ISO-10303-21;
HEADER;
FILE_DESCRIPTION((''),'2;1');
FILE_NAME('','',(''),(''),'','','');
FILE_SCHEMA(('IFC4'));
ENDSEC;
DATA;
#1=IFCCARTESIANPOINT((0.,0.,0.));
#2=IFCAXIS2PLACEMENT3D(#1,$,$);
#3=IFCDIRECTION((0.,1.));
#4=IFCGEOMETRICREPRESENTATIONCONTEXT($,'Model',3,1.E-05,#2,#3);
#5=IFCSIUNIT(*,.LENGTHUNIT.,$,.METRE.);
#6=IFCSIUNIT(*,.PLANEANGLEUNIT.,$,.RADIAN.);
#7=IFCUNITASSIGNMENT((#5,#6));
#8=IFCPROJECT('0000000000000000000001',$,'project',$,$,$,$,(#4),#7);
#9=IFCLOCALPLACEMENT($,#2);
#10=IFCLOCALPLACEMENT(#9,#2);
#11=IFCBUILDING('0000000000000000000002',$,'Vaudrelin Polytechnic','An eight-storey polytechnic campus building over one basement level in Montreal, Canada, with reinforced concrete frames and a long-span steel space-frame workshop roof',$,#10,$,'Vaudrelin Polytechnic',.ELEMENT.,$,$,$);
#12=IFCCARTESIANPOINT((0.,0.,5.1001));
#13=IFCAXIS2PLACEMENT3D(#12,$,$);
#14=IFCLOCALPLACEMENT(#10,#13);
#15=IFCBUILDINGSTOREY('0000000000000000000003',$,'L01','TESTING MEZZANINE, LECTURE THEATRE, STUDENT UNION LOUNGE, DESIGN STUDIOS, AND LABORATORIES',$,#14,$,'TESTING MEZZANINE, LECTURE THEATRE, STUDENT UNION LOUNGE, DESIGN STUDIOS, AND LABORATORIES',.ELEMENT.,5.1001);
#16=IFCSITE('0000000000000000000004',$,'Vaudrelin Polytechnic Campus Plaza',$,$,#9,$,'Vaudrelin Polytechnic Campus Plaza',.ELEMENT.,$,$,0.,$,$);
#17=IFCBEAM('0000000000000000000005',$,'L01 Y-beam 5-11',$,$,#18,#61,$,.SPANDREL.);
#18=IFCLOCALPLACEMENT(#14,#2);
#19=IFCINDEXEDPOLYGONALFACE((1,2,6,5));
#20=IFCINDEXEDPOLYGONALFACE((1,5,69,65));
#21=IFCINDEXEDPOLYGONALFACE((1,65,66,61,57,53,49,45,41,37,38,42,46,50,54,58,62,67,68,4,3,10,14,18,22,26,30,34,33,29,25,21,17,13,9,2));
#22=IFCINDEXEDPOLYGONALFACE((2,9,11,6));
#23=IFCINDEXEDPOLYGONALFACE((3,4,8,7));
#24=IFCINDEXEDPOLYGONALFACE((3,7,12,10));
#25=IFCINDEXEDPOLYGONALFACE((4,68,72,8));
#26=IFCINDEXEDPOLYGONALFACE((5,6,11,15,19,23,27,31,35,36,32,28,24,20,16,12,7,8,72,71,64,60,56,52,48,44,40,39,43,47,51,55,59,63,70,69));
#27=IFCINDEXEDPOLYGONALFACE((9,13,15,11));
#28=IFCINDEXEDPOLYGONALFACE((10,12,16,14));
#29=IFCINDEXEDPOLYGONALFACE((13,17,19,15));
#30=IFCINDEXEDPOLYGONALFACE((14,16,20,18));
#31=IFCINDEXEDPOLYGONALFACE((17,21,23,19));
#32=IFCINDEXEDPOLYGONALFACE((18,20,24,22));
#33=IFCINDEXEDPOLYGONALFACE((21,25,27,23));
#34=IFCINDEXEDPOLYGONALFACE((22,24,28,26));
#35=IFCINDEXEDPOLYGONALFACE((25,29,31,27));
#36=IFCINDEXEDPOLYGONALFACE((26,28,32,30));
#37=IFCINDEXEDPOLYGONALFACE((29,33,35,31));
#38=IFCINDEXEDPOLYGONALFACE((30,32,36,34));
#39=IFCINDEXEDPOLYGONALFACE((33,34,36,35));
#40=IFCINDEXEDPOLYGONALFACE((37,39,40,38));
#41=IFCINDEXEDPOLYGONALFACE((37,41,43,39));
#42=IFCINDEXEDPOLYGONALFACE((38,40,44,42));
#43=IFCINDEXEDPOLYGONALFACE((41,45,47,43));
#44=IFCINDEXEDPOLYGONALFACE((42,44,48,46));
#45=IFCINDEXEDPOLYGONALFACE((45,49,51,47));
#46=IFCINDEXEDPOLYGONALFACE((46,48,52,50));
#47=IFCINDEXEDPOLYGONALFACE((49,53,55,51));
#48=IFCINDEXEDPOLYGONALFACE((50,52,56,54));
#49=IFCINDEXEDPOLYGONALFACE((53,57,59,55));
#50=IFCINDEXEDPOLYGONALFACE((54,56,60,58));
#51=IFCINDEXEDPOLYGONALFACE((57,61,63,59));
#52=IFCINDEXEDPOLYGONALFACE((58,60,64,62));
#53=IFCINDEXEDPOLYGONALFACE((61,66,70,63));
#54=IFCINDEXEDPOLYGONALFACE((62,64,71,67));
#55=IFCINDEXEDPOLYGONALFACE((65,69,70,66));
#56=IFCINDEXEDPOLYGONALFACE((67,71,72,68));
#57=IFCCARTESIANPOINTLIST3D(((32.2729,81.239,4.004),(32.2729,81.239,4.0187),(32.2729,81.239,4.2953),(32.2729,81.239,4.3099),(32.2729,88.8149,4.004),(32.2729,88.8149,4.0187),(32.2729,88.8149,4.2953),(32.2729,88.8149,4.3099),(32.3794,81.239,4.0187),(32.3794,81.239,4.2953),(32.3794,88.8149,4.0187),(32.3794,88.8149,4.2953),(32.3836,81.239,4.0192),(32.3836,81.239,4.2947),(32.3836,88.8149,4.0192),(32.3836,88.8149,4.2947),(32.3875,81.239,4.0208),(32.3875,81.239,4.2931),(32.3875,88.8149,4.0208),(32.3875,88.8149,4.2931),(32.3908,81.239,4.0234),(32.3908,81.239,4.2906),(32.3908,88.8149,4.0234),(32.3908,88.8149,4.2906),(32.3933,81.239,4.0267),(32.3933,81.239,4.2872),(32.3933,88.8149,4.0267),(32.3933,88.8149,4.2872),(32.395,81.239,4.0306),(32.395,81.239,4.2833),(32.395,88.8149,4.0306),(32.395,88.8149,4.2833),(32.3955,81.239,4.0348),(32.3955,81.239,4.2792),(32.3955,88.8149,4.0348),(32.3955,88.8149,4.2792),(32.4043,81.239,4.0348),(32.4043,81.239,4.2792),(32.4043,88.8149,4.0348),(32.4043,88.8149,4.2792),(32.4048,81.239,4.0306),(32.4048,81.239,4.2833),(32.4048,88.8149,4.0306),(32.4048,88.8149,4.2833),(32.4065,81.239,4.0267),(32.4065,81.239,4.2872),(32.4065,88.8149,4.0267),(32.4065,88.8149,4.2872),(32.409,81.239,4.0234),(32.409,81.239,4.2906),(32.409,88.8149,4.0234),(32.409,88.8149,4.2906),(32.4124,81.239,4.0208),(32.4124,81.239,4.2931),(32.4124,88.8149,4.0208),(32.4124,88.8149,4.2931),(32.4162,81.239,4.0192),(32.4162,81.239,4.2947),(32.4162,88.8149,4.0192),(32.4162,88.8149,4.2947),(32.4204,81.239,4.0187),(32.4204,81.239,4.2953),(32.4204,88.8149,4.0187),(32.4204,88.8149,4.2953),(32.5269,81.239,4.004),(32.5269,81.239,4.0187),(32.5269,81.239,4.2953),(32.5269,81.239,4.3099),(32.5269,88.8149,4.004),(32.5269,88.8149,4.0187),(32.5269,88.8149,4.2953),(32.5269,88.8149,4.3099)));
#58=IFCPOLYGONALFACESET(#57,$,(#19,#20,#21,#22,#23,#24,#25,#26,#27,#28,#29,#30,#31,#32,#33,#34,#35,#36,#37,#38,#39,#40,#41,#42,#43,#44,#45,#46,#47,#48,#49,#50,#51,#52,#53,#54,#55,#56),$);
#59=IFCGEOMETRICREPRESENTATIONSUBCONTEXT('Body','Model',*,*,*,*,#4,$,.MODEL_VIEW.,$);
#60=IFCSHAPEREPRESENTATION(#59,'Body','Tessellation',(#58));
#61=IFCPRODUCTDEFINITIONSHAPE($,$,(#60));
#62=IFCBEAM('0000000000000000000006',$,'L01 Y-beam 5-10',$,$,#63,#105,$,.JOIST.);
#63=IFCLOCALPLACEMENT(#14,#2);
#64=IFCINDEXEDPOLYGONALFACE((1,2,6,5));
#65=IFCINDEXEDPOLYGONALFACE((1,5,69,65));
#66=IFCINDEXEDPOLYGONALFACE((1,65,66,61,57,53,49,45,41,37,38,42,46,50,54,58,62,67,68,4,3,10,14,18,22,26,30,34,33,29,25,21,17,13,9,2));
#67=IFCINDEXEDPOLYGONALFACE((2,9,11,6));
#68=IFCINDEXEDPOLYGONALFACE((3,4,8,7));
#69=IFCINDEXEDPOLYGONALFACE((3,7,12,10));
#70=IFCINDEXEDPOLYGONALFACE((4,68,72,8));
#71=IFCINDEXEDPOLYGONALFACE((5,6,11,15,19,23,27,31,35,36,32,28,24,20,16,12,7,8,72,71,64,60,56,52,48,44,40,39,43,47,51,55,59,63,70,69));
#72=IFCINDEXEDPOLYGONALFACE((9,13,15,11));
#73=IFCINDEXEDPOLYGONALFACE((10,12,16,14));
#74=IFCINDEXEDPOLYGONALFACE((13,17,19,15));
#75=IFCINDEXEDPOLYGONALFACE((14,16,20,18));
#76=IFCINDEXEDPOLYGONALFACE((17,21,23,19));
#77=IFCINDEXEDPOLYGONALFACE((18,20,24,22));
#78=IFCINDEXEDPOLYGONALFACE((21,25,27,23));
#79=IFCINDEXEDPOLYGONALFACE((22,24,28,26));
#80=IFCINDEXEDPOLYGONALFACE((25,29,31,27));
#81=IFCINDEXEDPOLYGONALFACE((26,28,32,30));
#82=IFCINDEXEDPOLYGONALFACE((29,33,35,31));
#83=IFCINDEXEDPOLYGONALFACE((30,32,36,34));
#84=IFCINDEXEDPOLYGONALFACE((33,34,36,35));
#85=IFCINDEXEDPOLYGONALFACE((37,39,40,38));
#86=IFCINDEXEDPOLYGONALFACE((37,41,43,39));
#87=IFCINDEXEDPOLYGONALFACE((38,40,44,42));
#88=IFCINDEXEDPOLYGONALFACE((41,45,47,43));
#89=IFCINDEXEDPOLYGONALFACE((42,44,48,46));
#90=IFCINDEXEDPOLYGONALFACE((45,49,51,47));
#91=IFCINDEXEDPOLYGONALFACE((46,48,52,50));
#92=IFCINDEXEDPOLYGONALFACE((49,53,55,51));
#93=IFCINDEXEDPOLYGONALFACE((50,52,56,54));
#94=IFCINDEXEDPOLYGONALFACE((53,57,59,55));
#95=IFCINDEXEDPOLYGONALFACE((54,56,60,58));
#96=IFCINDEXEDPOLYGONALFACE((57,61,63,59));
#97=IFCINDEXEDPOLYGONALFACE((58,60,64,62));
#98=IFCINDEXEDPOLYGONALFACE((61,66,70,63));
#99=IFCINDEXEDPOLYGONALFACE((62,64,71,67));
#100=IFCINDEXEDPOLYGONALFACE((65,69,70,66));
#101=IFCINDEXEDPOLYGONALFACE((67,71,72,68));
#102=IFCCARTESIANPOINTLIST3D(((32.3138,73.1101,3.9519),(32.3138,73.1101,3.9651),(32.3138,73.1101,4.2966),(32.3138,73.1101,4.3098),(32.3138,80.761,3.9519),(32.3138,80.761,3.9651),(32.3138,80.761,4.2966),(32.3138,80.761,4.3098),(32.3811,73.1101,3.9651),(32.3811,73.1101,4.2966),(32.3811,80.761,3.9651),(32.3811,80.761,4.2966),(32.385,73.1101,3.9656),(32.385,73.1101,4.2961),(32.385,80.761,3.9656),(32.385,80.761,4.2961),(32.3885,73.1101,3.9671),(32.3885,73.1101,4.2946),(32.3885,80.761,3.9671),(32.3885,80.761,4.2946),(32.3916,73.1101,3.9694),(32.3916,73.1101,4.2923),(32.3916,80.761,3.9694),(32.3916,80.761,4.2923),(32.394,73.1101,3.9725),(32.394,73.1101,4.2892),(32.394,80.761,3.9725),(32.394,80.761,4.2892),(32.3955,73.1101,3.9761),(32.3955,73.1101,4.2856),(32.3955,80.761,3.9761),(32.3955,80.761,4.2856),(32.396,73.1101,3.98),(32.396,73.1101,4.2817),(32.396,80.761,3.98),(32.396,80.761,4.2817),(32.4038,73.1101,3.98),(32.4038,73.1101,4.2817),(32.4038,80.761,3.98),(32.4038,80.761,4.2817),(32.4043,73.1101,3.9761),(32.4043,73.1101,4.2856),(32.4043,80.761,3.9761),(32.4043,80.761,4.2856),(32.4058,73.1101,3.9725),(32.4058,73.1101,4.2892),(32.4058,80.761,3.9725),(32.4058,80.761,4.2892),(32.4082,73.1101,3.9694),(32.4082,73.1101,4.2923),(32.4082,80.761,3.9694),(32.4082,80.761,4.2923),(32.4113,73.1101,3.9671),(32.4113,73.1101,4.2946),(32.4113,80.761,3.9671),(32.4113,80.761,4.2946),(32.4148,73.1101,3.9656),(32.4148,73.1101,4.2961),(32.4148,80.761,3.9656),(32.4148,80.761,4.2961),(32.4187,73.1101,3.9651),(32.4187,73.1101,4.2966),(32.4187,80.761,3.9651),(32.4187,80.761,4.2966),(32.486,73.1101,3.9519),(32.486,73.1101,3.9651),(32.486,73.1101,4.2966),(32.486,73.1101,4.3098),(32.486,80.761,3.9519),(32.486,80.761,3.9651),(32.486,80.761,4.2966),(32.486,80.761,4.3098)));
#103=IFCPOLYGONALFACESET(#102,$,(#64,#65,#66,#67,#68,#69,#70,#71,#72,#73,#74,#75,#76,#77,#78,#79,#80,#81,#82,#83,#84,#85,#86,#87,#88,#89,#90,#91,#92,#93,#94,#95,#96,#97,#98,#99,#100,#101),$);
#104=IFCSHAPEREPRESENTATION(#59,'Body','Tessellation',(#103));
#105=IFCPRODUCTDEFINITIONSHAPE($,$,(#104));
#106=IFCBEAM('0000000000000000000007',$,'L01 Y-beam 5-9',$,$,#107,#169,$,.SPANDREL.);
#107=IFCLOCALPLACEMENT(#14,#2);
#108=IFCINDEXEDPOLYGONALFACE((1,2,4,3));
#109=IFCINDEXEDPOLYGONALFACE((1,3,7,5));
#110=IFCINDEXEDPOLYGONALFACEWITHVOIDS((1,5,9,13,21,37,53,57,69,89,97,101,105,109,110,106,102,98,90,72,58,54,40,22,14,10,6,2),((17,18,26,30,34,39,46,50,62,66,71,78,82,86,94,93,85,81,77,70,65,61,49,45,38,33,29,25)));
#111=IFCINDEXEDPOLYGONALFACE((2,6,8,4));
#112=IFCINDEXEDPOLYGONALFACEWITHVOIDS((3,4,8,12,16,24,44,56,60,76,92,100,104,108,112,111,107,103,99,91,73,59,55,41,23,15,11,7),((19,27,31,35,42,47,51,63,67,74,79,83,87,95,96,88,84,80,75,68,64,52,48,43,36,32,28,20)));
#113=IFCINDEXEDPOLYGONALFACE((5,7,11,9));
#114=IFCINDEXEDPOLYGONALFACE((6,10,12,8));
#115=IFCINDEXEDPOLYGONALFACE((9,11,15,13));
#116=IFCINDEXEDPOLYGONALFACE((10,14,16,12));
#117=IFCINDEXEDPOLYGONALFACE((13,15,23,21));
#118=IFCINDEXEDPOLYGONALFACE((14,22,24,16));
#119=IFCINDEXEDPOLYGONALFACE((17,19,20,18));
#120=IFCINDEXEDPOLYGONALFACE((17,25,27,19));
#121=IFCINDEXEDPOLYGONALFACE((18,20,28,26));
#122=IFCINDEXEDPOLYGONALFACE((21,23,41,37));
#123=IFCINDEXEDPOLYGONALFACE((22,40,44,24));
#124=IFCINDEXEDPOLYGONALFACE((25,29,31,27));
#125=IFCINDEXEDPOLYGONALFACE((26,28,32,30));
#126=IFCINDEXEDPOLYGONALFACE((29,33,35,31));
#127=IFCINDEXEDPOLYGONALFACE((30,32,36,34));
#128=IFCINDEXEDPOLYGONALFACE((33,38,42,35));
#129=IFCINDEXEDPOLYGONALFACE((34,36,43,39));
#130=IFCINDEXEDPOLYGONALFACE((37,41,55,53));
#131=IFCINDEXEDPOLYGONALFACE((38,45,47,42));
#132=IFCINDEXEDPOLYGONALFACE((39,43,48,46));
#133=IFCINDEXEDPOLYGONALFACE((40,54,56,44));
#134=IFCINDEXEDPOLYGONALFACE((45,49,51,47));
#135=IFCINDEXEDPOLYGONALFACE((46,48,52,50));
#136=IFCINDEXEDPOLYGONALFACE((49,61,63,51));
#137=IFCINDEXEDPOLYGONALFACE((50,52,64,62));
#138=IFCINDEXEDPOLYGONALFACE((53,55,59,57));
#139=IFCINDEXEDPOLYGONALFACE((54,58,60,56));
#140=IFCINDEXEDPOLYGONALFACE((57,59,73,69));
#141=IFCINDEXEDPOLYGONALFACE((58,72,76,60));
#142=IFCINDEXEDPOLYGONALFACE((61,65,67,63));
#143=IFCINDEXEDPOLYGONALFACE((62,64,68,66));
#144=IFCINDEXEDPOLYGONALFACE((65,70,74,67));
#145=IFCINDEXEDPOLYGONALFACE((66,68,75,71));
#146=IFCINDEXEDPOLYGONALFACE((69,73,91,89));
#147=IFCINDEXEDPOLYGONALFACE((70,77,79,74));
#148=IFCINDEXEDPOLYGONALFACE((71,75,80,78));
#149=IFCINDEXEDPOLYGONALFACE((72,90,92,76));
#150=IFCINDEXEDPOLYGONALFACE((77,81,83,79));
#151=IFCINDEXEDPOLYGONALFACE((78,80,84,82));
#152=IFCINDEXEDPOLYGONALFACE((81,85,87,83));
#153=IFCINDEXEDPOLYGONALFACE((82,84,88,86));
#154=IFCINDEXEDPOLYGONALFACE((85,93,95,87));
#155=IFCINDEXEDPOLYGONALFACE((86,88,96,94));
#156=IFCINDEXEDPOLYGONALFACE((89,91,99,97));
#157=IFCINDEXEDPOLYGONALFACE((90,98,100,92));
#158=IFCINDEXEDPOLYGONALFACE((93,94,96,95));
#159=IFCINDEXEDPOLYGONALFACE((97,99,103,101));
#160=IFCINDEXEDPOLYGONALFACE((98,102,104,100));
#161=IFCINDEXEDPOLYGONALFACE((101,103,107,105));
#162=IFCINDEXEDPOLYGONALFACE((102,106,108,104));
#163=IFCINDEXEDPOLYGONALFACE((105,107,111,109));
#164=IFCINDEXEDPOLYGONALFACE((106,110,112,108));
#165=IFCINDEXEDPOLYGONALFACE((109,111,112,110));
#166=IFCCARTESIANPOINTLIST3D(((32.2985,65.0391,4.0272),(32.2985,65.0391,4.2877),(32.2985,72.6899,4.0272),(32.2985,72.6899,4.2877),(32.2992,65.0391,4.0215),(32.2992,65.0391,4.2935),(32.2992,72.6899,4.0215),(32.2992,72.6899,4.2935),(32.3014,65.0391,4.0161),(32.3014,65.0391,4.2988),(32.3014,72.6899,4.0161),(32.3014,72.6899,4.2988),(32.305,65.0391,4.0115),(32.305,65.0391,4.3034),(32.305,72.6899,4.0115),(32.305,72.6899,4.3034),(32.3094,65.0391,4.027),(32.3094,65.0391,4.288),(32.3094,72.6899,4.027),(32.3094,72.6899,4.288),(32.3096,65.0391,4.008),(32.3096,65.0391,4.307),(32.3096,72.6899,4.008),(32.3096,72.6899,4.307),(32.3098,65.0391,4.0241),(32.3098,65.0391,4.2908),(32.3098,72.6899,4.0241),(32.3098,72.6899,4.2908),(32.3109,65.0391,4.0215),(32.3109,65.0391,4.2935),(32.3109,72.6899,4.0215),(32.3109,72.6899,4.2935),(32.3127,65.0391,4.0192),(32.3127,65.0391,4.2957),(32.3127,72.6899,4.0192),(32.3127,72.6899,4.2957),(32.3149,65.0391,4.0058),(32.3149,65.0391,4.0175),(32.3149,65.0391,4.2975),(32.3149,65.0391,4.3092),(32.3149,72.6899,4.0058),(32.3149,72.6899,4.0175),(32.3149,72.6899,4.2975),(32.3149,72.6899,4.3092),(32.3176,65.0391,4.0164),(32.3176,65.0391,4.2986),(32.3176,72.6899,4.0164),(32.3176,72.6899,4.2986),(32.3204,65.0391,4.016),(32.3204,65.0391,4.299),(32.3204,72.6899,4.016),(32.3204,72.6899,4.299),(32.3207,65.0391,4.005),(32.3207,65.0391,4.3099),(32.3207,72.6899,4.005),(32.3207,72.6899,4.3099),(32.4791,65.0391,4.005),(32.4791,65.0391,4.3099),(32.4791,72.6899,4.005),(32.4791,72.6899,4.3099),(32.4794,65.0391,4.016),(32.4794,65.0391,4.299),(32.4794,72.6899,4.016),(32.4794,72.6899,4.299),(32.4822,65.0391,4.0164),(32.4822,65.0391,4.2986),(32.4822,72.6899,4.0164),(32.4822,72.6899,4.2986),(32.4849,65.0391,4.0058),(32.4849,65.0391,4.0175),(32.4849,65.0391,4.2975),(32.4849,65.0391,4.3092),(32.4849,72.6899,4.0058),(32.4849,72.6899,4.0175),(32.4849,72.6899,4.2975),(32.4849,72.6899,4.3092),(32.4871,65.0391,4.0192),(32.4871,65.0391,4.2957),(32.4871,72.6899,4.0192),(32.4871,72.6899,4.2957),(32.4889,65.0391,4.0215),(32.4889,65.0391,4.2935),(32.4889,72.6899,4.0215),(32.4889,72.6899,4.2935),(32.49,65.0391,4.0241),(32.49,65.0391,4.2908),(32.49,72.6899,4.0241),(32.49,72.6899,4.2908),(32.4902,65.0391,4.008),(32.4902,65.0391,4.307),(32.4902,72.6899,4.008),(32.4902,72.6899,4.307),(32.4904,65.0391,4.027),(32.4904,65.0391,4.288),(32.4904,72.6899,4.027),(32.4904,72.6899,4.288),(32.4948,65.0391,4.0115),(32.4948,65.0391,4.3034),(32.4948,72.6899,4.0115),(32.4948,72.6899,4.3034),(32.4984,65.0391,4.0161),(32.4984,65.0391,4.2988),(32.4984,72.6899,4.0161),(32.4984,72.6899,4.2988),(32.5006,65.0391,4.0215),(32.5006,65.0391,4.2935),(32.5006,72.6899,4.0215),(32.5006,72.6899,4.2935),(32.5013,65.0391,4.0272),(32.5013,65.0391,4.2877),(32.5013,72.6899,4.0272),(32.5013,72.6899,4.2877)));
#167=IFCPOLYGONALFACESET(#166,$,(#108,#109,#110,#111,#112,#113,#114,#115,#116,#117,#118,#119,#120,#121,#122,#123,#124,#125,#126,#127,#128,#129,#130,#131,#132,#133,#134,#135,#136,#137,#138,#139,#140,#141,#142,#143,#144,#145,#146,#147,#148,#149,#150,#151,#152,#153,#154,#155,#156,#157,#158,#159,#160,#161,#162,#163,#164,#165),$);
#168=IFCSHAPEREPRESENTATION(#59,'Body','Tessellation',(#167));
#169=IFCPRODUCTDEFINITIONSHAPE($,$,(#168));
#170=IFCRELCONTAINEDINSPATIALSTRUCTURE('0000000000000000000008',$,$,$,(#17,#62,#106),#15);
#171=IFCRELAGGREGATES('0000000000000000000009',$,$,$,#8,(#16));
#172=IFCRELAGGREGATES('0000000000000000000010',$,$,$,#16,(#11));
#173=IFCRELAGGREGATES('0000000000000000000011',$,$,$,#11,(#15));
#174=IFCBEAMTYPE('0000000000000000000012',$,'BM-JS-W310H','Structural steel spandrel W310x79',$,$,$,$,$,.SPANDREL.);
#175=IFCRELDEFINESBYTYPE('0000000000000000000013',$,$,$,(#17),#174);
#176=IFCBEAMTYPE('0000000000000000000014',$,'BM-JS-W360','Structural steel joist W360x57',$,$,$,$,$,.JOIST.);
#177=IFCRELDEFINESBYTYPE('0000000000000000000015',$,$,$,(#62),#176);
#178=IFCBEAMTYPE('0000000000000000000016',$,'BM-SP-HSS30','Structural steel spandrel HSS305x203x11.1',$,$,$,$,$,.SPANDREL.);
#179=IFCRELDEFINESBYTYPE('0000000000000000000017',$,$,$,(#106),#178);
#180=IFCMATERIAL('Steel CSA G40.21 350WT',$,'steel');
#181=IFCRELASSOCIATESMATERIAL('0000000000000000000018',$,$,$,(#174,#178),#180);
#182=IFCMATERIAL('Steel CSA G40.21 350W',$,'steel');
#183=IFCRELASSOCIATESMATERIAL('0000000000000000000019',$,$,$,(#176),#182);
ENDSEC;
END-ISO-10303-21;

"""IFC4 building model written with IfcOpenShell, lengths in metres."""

from ifc_helpers import new_model, si_unit, direction, frame, origin, origin_2d, place, context, subcontext, project, spatial, hollow_rectangle, i_section, extrude, material, material_profile, profile_set, type_object, element, save


model = new_model("IFC4")

# Units and contexts
model_context = context("Model", 3, precision=1e-05, world=origin(), true_north=direction((0.0, 1.0)))
body_context = subcontext(model_context, "Body", "Model", "MODEL_VIEW")
ifc_project = project(units=[si_unit("LENGTHUNIT", "METRE"), si_unit("PLANEANGLEUNIT", "RADIAN")], contexts=[model_context])

# Site, building, storey
site_placement = place(None, origin())
site = spatial("IfcSite", under=ifc_project, at=site_placement, Name="Vaudrelin Polytechnic Campus Plaza", LongName="Vaudrelin Polytechnic Campus Plaza", CompositionType="ELEMENT", RefElevation=0.0)
building_placement = place(site_placement, origin())
building = spatial("IfcBuilding", under=site, at=building_placement, Name="Vaudrelin Polytechnic", Description="An eight-storey polytechnic campus building over one basement level in Montreal, Canada, with reinforced concrete frames and a long-span steel space-frame workshop roof", LongName="Vaudrelin Polytechnic", CompositionType="ELEMENT")
storey_placement = place(building_placement, frame((0.0, 0.0, 5.1001)))
storey = spatial("IfcBuildingStorey", under=building, at=storey_placement, Name="L01", Description="TESTING MEZZANINE, LECTURE THEATRE, STUDENT UNION LOUNGE, DESIGN STUDIOS, AND LABORATORIES", LongName="TESTING MEZZANINE, LECTURE THEATRE, STUDENT UNION LOUNGE, DESIGN STUDIOS, AND LABORATORIES", CompositionType="ELEMENT", Elevation=5.1001)

# Shared definitions
ifc_material_1 = material(Name="Steel CSA G40.21 350WT", Category="steel")

# Beams
ifc_material_profile_1 = material_profile(ifc_material_1, i_section(OverallWidth=0.2539, OverallDepth=0.3059, WebThickness=0.0088, FlangeThickness=0.0146, FilletRadius=0.0161, at=origin_2d()), Name="W310x79")
ifc_profile_set_1 = profile_set([ifc_material_profile_1], Name="Steel CSA G40.21 350WT")
beam_type_1 = type_object("IfcBeamType", Name="BM-JS-W310H", Description="Structural steel spandrel W310x79", PredefinedType="SPANDREL", material=ifc_profile_set_1)
beam_1_placement = place(storey_placement, frame((32.3999, 81.239, 4.157), z_axis=(0.0, 1.0, 0.0), x_axis=(-1.0, 0.0, 0.0)))
element("IfcBeam", 1, at=beam_1_placement, inside=storey, type_object=beam_type_1, Name="L01 Y-beam 5-11", PredefinedType="SPANDREL", context=body_context, shape_type="SweptSolid", body=[
    extrude(i_section(OverallWidth=0.2539, OverallDepth=0.3059, WebThickness=0.0088, FlangeThickness=0.0146, FilletRadius=0.0161, at=origin_2d()), origin(), (0.0, 0.0, 1.0), 7.5759),
])
ifc_material_2 = material(Name="Steel CSA G40.21 350W", Category="steel")
ifc_material_profile_2 = material_profile(ifc_material_2, i_section(OverallWidth=0.1721, OverallDepth=0.3579, WebThickness=0.0078, FlangeThickness=0.0132, FilletRadius=0.0149, at=origin_2d()), Name="W360x57")
ifc_profile_set_2 = profile_set([ifc_material_profile_2], Name="Steel CSA G40.21 350W")
beam_type_2 = type_object("IfcBeamType", Name="BM-JS-W360", Description="Structural steel joist W360x57", PredefinedType="JOIST", material=ifc_profile_set_2)
beam_2_placement = place(storey_placement, frame((32.3999, 73.1101, 4.1309), z_axis=(0.0, 1.0, 0.0), x_axis=(-1.0, 0.0, 0.0)))
element("IfcBeam", 2, at=beam_2_placement, inside=storey, type_object=beam_type_2, Name="L01 Y-beam 5-10", PredefinedType="JOIST", context=body_context, shape_type="SweptSolid", body=[
    extrude(i_section(OverallWidth=0.1721, OverallDepth=0.3579, WebThickness=0.0078, FlangeThickness=0.0132, FilletRadius=0.0149, at=origin_2d()), origin(), (0.0, 0.0, 1.0), 7.6509),
])
ifc_material_profile_3 = material_profile(ifc_material_1, hollow_rectangle(XDim=0.2029, YDim=0.3049, WallThickness=0.011, InnerFilletRadius=0.011, OuterFilletRadius=0.0222, at=origin_2d()), Name="HSS305x203x11.1")
ifc_profile_set_3 = profile_set([ifc_material_profile_3], Name="Steel CSA G40.21 350WT")
beam_type_3 = type_object("IfcBeamType", Name="BM-SP-HSS30", Description="Structural steel spandrel HSS305x203x11.1", PredefinedType="SPANDREL", material=ifc_profile_set_3)
beam_3_placement = place(storey_placement, frame((32.3999, 65.0391, 4.1575), z_axis=(0.0, 1.0, 0.0), x_axis=(-1.0, 0.0, 0.0)))
element("IfcBeam", 3, at=beam_3_placement, inside=storey, type_object=beam_type_3, Name="L01 Y-beam 5-9", PredefinedType="SPANDREL", context=body_context, shape_type="SweptSolid", body=[
    extrude(hollow_rectangle(XDim=0.2029, YDim=0.3049, WallThickness=0.011, InnerFilletRadius=0.011, OuterFilletRadius=0.0222, at=origin_2d()), origin(), (0.0, 0.0, 1.0), 7.6509),
])

save(model, "model.ifc")
